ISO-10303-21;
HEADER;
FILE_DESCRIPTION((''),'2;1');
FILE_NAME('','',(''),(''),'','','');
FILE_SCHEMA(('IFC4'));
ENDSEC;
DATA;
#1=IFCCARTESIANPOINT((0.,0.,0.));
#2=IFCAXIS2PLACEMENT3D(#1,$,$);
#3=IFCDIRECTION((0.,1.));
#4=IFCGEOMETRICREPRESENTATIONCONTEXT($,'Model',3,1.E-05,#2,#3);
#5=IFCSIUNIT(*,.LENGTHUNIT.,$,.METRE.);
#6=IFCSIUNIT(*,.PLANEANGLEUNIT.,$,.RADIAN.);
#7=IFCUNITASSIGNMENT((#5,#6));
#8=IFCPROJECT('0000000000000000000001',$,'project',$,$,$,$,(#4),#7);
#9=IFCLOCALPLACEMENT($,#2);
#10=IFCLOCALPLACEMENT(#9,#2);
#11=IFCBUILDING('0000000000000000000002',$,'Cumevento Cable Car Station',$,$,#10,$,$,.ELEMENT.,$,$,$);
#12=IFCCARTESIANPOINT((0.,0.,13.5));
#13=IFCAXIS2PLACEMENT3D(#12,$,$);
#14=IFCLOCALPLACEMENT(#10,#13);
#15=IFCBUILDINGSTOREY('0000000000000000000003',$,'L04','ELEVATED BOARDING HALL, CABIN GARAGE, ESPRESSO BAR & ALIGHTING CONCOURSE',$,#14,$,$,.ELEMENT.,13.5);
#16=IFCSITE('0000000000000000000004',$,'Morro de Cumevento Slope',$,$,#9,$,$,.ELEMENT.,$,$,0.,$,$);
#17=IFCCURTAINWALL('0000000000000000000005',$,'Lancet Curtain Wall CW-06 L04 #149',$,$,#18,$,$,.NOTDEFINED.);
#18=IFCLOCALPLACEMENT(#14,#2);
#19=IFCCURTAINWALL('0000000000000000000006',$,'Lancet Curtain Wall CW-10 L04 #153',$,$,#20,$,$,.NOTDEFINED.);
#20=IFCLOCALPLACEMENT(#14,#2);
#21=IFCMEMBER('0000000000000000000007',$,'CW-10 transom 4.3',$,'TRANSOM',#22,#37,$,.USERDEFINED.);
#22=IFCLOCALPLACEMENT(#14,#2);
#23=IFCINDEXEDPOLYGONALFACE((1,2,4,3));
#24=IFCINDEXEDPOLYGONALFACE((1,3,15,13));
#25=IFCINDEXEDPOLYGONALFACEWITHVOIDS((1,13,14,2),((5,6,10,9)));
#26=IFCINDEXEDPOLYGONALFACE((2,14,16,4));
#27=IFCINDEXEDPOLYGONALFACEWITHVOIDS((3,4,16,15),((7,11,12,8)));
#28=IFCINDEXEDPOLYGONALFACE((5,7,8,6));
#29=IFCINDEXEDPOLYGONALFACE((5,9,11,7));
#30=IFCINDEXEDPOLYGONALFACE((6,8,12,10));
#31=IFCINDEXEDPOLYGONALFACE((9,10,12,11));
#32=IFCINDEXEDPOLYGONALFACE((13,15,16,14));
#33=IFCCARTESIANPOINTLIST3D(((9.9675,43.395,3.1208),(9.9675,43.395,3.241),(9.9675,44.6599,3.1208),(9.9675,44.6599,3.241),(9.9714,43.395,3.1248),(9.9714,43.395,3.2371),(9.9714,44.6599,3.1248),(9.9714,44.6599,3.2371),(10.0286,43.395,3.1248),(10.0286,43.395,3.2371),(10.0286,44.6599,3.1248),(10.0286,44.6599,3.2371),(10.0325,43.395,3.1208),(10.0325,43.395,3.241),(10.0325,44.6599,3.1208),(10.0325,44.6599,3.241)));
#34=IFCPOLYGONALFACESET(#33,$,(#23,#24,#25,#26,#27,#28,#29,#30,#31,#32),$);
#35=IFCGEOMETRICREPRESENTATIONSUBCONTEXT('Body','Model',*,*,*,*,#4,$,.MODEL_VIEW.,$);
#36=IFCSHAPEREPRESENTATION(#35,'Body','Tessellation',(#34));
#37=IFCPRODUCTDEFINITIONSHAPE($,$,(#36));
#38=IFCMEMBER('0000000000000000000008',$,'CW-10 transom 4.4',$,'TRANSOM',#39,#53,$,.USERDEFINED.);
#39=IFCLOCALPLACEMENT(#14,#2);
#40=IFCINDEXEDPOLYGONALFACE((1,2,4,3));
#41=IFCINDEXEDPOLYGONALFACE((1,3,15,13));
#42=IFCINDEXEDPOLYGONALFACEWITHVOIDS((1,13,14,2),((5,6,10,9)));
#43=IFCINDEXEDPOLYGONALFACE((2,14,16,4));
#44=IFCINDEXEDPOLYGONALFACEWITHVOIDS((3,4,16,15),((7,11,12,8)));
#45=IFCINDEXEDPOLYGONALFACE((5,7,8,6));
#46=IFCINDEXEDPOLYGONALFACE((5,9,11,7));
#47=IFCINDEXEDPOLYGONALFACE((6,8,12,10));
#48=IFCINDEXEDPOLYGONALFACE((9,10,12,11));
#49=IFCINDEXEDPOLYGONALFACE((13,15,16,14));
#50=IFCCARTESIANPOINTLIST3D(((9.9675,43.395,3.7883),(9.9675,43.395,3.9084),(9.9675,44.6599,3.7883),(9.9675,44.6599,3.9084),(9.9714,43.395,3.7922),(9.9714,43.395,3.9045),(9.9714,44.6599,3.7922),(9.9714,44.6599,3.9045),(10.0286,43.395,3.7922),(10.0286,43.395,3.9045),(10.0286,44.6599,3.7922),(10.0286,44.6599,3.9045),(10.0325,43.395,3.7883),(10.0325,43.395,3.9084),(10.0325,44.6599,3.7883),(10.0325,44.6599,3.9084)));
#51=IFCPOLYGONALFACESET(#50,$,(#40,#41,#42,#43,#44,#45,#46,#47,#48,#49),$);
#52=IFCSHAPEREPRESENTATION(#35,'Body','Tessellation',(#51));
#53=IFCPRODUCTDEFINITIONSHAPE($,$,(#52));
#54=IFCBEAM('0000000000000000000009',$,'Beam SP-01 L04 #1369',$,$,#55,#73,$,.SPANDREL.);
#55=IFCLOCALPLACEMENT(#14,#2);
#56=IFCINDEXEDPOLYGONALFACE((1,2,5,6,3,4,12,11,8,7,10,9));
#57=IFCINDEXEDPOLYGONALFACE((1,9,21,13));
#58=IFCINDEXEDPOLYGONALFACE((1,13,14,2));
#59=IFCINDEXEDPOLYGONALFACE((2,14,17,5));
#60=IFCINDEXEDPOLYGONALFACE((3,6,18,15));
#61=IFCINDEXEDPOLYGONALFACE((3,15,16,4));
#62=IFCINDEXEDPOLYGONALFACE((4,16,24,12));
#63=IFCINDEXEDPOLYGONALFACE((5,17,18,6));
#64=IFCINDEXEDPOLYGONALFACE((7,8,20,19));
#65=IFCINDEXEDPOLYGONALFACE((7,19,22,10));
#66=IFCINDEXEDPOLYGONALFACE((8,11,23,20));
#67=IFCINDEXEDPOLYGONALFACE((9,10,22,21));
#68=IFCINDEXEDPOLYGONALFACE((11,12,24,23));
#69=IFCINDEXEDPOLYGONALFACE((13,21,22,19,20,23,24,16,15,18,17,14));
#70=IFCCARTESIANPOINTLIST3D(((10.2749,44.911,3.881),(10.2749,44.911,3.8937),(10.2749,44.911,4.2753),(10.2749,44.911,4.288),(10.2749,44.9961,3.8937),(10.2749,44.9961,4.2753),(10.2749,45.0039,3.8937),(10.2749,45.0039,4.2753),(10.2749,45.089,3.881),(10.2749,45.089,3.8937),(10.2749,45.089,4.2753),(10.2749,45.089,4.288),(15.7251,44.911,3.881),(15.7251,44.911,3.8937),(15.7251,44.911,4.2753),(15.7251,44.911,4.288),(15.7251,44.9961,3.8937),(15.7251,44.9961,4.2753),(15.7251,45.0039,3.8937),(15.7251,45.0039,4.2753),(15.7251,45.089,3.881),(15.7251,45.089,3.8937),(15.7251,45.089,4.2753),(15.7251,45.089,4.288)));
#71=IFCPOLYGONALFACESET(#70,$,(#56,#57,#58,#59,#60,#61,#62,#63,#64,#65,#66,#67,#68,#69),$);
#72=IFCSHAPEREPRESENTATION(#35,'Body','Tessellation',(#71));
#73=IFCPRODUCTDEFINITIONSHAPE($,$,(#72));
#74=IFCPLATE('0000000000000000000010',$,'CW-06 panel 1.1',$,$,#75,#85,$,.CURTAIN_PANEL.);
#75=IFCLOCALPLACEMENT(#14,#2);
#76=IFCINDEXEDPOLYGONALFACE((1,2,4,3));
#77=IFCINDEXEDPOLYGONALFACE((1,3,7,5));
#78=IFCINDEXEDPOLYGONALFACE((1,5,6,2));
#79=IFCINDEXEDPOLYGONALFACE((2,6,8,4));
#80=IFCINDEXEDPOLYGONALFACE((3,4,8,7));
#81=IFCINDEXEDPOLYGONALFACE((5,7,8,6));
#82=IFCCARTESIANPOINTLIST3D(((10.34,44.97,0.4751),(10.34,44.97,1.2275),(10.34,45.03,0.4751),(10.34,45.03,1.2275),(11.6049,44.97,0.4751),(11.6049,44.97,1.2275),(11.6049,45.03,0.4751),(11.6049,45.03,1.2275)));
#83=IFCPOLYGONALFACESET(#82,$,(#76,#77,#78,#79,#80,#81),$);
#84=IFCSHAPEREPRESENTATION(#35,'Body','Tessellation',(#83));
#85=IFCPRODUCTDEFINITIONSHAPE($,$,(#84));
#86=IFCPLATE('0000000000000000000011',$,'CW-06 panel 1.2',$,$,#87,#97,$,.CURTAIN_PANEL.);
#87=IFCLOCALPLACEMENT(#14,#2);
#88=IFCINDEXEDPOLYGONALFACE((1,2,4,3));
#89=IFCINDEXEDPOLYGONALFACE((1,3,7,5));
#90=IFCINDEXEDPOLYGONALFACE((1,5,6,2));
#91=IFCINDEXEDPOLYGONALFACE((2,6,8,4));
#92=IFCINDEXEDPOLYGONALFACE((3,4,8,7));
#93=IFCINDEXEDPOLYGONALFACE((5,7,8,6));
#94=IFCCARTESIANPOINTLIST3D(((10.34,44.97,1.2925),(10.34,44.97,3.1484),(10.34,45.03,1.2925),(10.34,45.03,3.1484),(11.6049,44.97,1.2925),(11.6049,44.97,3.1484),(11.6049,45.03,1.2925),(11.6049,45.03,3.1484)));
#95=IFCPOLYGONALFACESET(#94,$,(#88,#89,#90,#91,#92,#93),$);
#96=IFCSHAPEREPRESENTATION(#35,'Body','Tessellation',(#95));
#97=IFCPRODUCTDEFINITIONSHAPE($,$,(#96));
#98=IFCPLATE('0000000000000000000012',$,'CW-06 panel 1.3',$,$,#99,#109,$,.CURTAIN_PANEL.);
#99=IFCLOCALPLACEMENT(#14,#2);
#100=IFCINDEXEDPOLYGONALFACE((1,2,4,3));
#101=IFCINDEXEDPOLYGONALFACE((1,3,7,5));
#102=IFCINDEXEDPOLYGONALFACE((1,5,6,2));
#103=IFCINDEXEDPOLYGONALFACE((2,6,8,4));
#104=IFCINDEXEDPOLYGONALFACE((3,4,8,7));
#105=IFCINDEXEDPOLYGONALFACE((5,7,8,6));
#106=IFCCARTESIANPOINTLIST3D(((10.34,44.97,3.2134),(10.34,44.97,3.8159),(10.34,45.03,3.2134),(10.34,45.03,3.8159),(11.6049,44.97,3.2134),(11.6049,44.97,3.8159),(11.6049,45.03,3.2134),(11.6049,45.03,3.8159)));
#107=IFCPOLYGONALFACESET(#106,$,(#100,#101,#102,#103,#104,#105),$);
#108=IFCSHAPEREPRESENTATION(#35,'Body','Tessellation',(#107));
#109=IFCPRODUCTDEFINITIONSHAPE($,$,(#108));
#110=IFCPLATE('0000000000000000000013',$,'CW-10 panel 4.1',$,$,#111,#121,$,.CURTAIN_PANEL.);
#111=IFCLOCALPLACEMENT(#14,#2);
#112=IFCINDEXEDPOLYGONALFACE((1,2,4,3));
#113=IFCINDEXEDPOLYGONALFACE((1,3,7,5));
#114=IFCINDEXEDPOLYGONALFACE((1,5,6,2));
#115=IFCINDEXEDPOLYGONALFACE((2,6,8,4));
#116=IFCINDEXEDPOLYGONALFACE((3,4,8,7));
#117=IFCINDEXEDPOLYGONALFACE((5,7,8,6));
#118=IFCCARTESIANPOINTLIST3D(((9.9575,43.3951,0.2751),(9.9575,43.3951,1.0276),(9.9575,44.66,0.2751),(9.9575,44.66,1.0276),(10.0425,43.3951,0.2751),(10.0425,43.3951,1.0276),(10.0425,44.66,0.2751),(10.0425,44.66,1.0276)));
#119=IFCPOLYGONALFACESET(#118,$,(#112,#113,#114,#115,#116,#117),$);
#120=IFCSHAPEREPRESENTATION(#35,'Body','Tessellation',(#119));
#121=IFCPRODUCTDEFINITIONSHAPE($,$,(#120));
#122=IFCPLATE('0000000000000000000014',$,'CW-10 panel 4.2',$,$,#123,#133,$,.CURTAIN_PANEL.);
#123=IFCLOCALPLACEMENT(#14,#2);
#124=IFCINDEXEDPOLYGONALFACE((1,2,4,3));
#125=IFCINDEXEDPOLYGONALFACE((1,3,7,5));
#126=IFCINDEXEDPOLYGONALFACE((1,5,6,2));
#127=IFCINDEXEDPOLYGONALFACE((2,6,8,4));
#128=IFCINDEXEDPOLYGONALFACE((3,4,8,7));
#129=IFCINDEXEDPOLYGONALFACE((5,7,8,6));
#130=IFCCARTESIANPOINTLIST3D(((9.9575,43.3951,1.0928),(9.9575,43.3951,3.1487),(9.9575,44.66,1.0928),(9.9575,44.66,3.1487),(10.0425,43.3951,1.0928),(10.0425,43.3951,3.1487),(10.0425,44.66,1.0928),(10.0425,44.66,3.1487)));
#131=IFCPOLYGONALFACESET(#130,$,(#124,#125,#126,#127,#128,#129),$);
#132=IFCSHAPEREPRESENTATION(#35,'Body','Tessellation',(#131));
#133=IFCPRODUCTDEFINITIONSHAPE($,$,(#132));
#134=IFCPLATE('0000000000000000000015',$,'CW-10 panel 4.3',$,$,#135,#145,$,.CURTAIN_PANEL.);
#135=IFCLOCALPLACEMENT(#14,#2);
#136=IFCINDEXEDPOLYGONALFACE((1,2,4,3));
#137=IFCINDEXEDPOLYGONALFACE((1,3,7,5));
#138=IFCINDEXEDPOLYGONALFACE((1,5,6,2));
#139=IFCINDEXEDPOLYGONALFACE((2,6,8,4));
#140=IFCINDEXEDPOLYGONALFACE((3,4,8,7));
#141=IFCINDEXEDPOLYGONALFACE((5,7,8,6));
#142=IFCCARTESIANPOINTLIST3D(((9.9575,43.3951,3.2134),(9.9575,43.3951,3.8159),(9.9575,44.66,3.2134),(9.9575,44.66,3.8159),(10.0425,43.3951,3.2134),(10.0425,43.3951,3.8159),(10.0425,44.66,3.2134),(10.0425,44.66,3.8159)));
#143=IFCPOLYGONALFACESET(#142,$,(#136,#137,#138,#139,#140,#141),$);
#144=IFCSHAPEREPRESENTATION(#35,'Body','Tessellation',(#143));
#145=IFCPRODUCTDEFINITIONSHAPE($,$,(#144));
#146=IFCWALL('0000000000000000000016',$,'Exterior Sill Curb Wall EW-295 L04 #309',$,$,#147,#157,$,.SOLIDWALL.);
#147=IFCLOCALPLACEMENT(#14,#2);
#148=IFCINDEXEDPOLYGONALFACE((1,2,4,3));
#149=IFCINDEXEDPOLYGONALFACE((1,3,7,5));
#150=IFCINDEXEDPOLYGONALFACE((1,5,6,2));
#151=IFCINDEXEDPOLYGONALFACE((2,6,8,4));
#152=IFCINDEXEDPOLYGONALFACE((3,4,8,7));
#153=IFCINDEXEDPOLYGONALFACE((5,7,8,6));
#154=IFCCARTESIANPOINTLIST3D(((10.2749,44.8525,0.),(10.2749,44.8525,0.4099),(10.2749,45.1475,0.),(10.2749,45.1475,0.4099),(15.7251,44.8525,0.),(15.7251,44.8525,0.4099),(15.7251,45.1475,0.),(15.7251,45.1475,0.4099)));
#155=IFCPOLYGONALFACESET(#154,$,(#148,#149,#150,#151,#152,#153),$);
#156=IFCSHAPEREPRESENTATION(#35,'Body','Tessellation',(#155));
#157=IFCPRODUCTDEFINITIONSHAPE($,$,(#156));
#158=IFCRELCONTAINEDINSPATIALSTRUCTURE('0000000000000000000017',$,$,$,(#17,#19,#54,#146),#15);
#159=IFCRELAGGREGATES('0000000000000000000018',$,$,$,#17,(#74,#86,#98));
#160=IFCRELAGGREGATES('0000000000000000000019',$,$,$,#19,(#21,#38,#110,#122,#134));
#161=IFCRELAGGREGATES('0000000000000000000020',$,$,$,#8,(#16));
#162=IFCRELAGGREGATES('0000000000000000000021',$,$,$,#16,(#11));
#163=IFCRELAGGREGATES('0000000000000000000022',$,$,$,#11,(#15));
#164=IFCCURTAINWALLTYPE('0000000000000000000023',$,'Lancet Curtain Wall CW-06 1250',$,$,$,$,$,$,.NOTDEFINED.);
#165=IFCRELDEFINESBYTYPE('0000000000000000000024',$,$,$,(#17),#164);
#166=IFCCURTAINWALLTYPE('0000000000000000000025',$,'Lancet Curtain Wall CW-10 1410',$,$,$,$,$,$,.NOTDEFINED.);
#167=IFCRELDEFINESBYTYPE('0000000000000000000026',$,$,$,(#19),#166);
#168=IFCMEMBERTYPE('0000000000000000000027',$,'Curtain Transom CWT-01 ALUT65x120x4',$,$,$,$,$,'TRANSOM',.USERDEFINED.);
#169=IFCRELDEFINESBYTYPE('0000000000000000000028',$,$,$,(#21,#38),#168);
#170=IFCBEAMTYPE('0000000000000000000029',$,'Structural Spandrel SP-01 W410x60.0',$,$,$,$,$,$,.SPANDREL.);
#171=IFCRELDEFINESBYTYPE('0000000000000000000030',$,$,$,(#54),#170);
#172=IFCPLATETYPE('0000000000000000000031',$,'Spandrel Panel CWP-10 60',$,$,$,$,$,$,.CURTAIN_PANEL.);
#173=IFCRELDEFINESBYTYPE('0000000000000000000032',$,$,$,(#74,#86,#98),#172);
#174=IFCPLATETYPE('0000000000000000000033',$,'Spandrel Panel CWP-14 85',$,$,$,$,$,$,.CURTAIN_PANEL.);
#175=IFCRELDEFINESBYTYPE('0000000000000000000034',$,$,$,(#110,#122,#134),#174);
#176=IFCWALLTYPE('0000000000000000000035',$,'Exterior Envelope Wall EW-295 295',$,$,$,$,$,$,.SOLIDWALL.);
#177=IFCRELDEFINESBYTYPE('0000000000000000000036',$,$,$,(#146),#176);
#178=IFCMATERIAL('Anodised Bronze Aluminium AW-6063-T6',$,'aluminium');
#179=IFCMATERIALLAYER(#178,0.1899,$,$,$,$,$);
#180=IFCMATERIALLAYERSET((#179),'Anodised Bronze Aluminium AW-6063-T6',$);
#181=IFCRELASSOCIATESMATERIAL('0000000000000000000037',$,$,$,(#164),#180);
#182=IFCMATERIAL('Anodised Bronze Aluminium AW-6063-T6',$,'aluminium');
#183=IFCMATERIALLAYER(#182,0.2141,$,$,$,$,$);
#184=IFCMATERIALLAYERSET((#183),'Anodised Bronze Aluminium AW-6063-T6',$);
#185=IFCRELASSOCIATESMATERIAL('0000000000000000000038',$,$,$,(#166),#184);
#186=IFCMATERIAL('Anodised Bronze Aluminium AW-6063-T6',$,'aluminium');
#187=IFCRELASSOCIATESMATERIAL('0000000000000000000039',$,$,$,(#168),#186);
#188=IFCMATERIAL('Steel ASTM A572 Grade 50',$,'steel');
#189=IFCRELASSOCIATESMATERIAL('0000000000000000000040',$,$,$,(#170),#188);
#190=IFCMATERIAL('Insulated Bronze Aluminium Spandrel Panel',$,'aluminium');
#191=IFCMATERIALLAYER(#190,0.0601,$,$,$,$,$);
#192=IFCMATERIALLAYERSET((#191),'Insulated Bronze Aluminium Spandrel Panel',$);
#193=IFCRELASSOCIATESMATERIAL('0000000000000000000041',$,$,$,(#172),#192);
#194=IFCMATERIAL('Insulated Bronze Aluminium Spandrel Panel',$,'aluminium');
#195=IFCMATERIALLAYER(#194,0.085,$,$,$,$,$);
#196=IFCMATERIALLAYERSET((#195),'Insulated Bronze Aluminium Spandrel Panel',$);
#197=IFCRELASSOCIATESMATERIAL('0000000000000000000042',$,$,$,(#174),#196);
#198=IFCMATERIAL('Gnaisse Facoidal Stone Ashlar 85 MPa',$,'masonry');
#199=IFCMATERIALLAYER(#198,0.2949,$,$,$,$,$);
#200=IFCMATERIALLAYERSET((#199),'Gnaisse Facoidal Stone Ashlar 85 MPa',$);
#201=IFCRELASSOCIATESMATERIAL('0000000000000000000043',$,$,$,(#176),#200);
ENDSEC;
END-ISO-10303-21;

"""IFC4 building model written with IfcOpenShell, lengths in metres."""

from ifc_helpers import new_model, si_unit, direction, frame, frame_2d, origin, origin_2d, place, context, subcontext, project, spatial, rectangle, hollow_rectangle, i_section, extrude, material, layer, layer_set, material_profile, profile_set, type_object, element, aggregate, save


model = new_model("IFC4")

# Units and contexts
model_context = context("Model", 3, precision=1e-05, world=origin(), true_north=direction((0.0, 1.0)))
body_context = subcontext(model_context, "Body", "Model", "MODEL_VIEW")
ifc_project = project(units=[si_unit("LENGTHUNIT", "METRE"), si_unit("PLANEANGLEUNIT", "RADIAN")], contexts=[model_context])

# Site, building, storey
site_placement = place(None, origin())
site = spatial("IfcSite", under=ifc_project, at=site_placement, Name="Morro de Cumevento Slope", CompositionType="ELEMENT", RefElevation=0.0)
building_placement = place(site_placement, origin())
building = spatial("IfcBuilding", under=site, at=building_placement, Name="Cumevento Cable Car Station", CompositionType="ELEMENT")
storey_placement = place(building_placement, frame((0.0, 0.0, 13.5)))
storey = spatial("IfcBuildingStorey", under=building, at=storey_placement, Name="L04", Description="ELEVATED BOARDING HALL, CABIN GARAGE, ESPRESSO BAR & ALIGHTING CONCOURSE", CompositionType="ELEMENT", Elevation=13.5)

# Curtain wall
ifc_material_1 = material(Name="Anodised Bronze Aluminium AW-6063-T6", Category="aluminium")
ifc_layer_1 = layer(ifc_material_1, 0.1899)
ifc_layer_set_1 = layer_set([ifc_layer_1], Name="Anodised Bronze Aluminium AW-6063-T6")
curtain_wall_type_1 = type_object("IfcCurtainWallType", Name="Lancet Curtain Wall CW-06 1250", PredefinedType="NOTDEFINED", material=ifc_layer_set_1)
curtain_wall_1_placement = place(storey_placement, origin())
curtain_wall_1 = element("IfcCurtainWall", 1, at=curtain_wall_1_placement, inside=storey, type_object=curtain_wall_type_1, Name="Lancet Curtain Wall CW-06 L04 #149", PredefinedType="NOTDEFINED")

# Curtain wall
ifc_material_2 = material(Name="Anodised Bronze Aluminium AW-6063-T6", Category="aluminium")
ifc_layer_2 = layer(ifc_material_2, 0.2141)
ifc_layer_set_2 = layer_set([ifc_layer_2], Name="Anodised Bronze Aluminium AW-6063-T6")
curtain_wall_type_2 = type_object("IfcCurtainWallType", Name="Lancet Curtain Wall CW-10 1410", PredefinedType="NOTDEFINED", material=ifc_layer_set_2)
curtain_wall_2_placement = place(storey_placement, origin())
curtain_wall_2 = element("IfcCurtainWall", 2, at=curtain_wall_2_placement, inside=storey, type_object=curtain_wall_type_2, Name="Lancet Curtain Wall CW-10 L04 #153", PredefinedType="NOTDEFINED")

# Members
ifc_material_3 = material(Name="Anodised Bronze Aluminium AW-6063-T6", Category="aluminium")
ifc_material_profile_1 = material_profile(ifc_material_3, hollow_rectangle(XDim=0.0649, YDim=0.1201, WallThickness=0.0039, at=origin_2d()), Name="ALUT65x120x4")
ifc_profile_set_1 = profile_set([ifc_material_profile_1], Name="Anodised Bronze Aluminium AW-6063-T6")
member_type_1 = type_object("IfcMemberType", Name="Curtain Transom CWT-01 ALUT65x120x4", ElementType="TRANSOM", PredefinedType="USERDEFINED", material=ifc_profile_set_1)
member_1_placement = place(storey_placement, frame((10.0, 43.395, 3.1809), z_axis=(0.0, 1.0, 0.0), x_axis=(-1.0, 0.0, 0.0)))
member_1 = element("IfcMember", 3, at=member_1_placement, type_object=member_type_1, Name="CW-10 transom 4.3", ObjectType="TRANSOM", PredefinedType="USERDEFINED", context=body_context, shape_type="SweptSolid", body=[
    extrude(hollow_rectangle(XDim=0.0649, YDim=0.1201, WallThickness=0.0039, at=origin_2d()), origin(), (0.0, 0.0, 1.0), 1.2649),
])
member_2_placement = place(storey_placement, frame((10.0, 43.395, 3.8484), z_axis=(0.0, 1.0, 0.0), x_axis=(-1.0, 0.0, 0.0)))
member_2 = element("IfcMember", 4, at=member_2_placement, type_object=member_type_1, Name="CW-10 transom 4.4", ObjectType="TRANSOM", PredefinedType="USERDEFINED", context=body_context, shape_type="SweptSolid", body=[
    extrude(hollow_rectangle(XDim=0.0649, YDim=0.1201, WallThickness=0.0039, at=origin_2d()), origin(), (0.0, 0.0, 1.0), 1.2649),
])

# Beam
ifc_material_4 = material(Name="Steel ASTM A572 Grade 50", Category="steel")
ifc_material_profile_2 = material_profile(ifc_material_4, i_section(OverallWidth=0.178, OverallDepth=0.407, WebThickness=0.0078, FlangeThickness=0.0127, at=origin_2d()), Name="W410x60.0")
ifc_profile_set_2 = profile_set([ifc_material_profile_2], Name="Steel ASTM A572 Grade 50")
beam_type = type_object("IfcBeamType", Name="Structural Spandrel SP-01 W410x60.0", PredefinedType="SPANDREL", material=ifc_profile_set_2)
beam_placement = place(storey_placement, frame((10.2749, 45.0, 4.0845), z_axis=(1.0, 0.0, 0.0), x_axis=(0.0, 1.0, 0.0)))
element("IfcBeam", 5, at=beam_placement, inside=storey, type_object=beam_type, Name="Beam SP-01 L04 #1369", PredefinedType="SPANDREL", context=body_context, shape_type="SweptSolid", body=[
    extrude(i_section(OverallWidth=0.178, OverallDepth=0.407, WebThickness=0.0078, FlangeThickness=0.0127, at=origin_2d()), origin(), (0.0, 0.0, 1.0), 5.4502),
])

# Plates
ifc_material_5 = material(Name="Insulated Bronze Aluminium Spandrel Panel", Category="aluminium")
ifc_layer_3 = layer(ifc_material_5, 0.0601)
ifc_layer_set_3 = layer_set([ifc_layer_3], Name="Insulated Bronze Aluminium Spandrel Panel")
plate_type_1 = type_object("IfcPlateType", Name="Spandrel Panel CWP-10 60", PredefinedType="CURTAIN_PANEL", material=ifc_layer_set_3)
plate_1_placement = place(storey_placement, frame((10.9724, 45.0, 0.4751), z_axis=(0.0, 0.0, 1.0), x_axis=(1.0, 0.0, 0.0)))
plate_1 = element("IfcPlate", 6, at=plate_1_placement, type_object=plate_type_1, Name="CW-06 panel 1.1", PredefinedType="CURTAIN_PANEL", context=body_context, shape_type="SweptSolid", body=[
    extrude(rectangle(XDim=1.2649, YDim=0.0601, at=origin_2d()), origin(), (0.0, 0.0, 1.0), 0.7524),
])
plate_2_placement = place(storey_placement, frame((10.9724, 45.0, 1.2925), z_axis=(0.0, 0.0, 1.0), x_axis=(1.0, 0.0, 0.0)))
plate_2 = element("IfcPlate", 7, at=plate_2_placement, type_object=plate_type_1, Name="CW-06 panel 1.2", PredefinedType="CURTAIN_PANEL", context=body_context, shape_type="SweptSolid", body=[
    extrude(rectangle(XDim=1.2649, YDim=0.0601, at=origin_2d()), origin(), (0.0, 0.0, 1.0), 1.856),
])
plate_3_placement = place(storey_placement, frame((10.9724, 45.0, 3.2134), z_axis=(0.0, 0.0, 1.0), x_axis=(1.0, 0.0, 0.0)))
plate_3 = element("IfcPlate", 8, at=plate_3_placement, type_object=plate_type_1, Name="CW-06 panel 1.3", PredefinedType="CURTAIN_PANEL", context=body_context, shape_type="SweptSolid", body=[
    extrude(rectangle(XDim=1.2649, YDim=0.0601, at=origin_2d()), origin(), (0.0, 0.0, 1.0), 0.6025),
])
aggregate(curtain_wall_1, [plate_1, plate_2, plate_3])
ifc_material_6 = material(Name="Insulated Bronze Aluminium Spandrel Panel", Category="aluminium")
ifc_layer_4 = layer(ifc_material_6, 0.085)
ifc_layer_set_4 = layer_set([ifc_layer_4], Name="Insulated Bronze Aluminium Spandrel Panel")
plate_type_2 = type_object("IfcPlateType", Name="Spandrel Panel CWP-14 85", PredefinedType="CURTAIN_PANEL", material=ifc_layer_set_4)
plate_4_placement = place(storey_placement, frame((10.0, 44.0276, 0.2751), z_axis=(0.0, 0.0, 1.0), x_axis=(0.0, 1.0, 0.0)))
plate_4 = element("IfcPlate", 9, at=plate_4_placement, type_object=plate_type_2, Name="CW-10 panel 4.1", PredefinedType="CURTAIN_PANEL", context=body_context, shape_type="SweptSolid", body=[
    extrude(rectangle(XDim=1.2649, YDim=0.085, at=origin_2d()), origin(), (0.0, 0.0, 1.0), 0.7524),
])
plate_5_placement = place(storey_placement, frame((10.0, 44.0276, 1.0928), z_axis=(0.0, 0.0, 1.0), x_axis=(0.0, 1.0, 0.0)))
plate_5 = element("IfcPlate", 10, at=plate_5_placement, type_object=plate_type_2, Name="CW-10 panel 4.2", PredefinedType="CURTAIN_PANEL", context=body_context, shape_type="SweptSolid", body=[
    extrude(rectangle(XDim=1.2649, YDim=0.085, at=origin_2d()), origin(), (0.0, 0.0, 1.0), 2.0559),
])
plate_6_placement = place(storey_placement, frame((10.0, 44.0276, 3.2134), z_axis=(0.0, 0.0, 1.0), x_axis=(0.0, 1.0, 0.0)))
plate_6 = element("IfcPlate", 11, at=plate_6_placement, type_object=plate_type_2, Name="CW-10 panel 4.3", PredefinedType="CURTAIN_PANEL", context=body_context, shape_type="SweptSolid", body=[
    extrude(rectangle(XDim=1.2649, YDim=0.085, at=origin_2d()), origin(), (0.0, 0.0, 1.0), 0.6025),
])
aggregate(curtain_wall_2, [member_1, member_2, plate_4, plate_5, plate_6])

# Wall
ifc_material_7 = material(Name="Gnaisse Facoidal Stone Ashlar 85 MPa", Category="masonry")
ifc_layer_5 = layer(ifc_material_7, 0.2949)
ifc_layer_set_5 = layer_set([ifc_layer_5], Name="Gnaisse Facoidal Stone Ashlar 85 MPa")
wall_type = type_object("IfcWallType", Name="Exterior Envelope Wall EW-295 295", PredefinedType="SOLIDWALL", material=ifc_layer_set_5)
wall_placement = place(storey_placement, frame((10.2749, 45.0, 0.0), z_axis=(0.0, 0.0, 1.0), x_axis=(1.0, 0.0, 0.0)))
element("IfcWall", 12, at=wall_placement, inside=storey, type_object=wall_type, Name="Exterior Sill Curb Wall EW-295 L04 #309", PredefinedType="SOLIDWALL", context=body_context, shape_type="SweptSolid", body=[
    extrude(rectangle(XDim=5.4502, YDim=0.2949, at=frame_2d((2.7251, 0.0))), origin(), (0.0, 0.0, 1.0), 0.4099),
])

save(model, "model.ifc")
